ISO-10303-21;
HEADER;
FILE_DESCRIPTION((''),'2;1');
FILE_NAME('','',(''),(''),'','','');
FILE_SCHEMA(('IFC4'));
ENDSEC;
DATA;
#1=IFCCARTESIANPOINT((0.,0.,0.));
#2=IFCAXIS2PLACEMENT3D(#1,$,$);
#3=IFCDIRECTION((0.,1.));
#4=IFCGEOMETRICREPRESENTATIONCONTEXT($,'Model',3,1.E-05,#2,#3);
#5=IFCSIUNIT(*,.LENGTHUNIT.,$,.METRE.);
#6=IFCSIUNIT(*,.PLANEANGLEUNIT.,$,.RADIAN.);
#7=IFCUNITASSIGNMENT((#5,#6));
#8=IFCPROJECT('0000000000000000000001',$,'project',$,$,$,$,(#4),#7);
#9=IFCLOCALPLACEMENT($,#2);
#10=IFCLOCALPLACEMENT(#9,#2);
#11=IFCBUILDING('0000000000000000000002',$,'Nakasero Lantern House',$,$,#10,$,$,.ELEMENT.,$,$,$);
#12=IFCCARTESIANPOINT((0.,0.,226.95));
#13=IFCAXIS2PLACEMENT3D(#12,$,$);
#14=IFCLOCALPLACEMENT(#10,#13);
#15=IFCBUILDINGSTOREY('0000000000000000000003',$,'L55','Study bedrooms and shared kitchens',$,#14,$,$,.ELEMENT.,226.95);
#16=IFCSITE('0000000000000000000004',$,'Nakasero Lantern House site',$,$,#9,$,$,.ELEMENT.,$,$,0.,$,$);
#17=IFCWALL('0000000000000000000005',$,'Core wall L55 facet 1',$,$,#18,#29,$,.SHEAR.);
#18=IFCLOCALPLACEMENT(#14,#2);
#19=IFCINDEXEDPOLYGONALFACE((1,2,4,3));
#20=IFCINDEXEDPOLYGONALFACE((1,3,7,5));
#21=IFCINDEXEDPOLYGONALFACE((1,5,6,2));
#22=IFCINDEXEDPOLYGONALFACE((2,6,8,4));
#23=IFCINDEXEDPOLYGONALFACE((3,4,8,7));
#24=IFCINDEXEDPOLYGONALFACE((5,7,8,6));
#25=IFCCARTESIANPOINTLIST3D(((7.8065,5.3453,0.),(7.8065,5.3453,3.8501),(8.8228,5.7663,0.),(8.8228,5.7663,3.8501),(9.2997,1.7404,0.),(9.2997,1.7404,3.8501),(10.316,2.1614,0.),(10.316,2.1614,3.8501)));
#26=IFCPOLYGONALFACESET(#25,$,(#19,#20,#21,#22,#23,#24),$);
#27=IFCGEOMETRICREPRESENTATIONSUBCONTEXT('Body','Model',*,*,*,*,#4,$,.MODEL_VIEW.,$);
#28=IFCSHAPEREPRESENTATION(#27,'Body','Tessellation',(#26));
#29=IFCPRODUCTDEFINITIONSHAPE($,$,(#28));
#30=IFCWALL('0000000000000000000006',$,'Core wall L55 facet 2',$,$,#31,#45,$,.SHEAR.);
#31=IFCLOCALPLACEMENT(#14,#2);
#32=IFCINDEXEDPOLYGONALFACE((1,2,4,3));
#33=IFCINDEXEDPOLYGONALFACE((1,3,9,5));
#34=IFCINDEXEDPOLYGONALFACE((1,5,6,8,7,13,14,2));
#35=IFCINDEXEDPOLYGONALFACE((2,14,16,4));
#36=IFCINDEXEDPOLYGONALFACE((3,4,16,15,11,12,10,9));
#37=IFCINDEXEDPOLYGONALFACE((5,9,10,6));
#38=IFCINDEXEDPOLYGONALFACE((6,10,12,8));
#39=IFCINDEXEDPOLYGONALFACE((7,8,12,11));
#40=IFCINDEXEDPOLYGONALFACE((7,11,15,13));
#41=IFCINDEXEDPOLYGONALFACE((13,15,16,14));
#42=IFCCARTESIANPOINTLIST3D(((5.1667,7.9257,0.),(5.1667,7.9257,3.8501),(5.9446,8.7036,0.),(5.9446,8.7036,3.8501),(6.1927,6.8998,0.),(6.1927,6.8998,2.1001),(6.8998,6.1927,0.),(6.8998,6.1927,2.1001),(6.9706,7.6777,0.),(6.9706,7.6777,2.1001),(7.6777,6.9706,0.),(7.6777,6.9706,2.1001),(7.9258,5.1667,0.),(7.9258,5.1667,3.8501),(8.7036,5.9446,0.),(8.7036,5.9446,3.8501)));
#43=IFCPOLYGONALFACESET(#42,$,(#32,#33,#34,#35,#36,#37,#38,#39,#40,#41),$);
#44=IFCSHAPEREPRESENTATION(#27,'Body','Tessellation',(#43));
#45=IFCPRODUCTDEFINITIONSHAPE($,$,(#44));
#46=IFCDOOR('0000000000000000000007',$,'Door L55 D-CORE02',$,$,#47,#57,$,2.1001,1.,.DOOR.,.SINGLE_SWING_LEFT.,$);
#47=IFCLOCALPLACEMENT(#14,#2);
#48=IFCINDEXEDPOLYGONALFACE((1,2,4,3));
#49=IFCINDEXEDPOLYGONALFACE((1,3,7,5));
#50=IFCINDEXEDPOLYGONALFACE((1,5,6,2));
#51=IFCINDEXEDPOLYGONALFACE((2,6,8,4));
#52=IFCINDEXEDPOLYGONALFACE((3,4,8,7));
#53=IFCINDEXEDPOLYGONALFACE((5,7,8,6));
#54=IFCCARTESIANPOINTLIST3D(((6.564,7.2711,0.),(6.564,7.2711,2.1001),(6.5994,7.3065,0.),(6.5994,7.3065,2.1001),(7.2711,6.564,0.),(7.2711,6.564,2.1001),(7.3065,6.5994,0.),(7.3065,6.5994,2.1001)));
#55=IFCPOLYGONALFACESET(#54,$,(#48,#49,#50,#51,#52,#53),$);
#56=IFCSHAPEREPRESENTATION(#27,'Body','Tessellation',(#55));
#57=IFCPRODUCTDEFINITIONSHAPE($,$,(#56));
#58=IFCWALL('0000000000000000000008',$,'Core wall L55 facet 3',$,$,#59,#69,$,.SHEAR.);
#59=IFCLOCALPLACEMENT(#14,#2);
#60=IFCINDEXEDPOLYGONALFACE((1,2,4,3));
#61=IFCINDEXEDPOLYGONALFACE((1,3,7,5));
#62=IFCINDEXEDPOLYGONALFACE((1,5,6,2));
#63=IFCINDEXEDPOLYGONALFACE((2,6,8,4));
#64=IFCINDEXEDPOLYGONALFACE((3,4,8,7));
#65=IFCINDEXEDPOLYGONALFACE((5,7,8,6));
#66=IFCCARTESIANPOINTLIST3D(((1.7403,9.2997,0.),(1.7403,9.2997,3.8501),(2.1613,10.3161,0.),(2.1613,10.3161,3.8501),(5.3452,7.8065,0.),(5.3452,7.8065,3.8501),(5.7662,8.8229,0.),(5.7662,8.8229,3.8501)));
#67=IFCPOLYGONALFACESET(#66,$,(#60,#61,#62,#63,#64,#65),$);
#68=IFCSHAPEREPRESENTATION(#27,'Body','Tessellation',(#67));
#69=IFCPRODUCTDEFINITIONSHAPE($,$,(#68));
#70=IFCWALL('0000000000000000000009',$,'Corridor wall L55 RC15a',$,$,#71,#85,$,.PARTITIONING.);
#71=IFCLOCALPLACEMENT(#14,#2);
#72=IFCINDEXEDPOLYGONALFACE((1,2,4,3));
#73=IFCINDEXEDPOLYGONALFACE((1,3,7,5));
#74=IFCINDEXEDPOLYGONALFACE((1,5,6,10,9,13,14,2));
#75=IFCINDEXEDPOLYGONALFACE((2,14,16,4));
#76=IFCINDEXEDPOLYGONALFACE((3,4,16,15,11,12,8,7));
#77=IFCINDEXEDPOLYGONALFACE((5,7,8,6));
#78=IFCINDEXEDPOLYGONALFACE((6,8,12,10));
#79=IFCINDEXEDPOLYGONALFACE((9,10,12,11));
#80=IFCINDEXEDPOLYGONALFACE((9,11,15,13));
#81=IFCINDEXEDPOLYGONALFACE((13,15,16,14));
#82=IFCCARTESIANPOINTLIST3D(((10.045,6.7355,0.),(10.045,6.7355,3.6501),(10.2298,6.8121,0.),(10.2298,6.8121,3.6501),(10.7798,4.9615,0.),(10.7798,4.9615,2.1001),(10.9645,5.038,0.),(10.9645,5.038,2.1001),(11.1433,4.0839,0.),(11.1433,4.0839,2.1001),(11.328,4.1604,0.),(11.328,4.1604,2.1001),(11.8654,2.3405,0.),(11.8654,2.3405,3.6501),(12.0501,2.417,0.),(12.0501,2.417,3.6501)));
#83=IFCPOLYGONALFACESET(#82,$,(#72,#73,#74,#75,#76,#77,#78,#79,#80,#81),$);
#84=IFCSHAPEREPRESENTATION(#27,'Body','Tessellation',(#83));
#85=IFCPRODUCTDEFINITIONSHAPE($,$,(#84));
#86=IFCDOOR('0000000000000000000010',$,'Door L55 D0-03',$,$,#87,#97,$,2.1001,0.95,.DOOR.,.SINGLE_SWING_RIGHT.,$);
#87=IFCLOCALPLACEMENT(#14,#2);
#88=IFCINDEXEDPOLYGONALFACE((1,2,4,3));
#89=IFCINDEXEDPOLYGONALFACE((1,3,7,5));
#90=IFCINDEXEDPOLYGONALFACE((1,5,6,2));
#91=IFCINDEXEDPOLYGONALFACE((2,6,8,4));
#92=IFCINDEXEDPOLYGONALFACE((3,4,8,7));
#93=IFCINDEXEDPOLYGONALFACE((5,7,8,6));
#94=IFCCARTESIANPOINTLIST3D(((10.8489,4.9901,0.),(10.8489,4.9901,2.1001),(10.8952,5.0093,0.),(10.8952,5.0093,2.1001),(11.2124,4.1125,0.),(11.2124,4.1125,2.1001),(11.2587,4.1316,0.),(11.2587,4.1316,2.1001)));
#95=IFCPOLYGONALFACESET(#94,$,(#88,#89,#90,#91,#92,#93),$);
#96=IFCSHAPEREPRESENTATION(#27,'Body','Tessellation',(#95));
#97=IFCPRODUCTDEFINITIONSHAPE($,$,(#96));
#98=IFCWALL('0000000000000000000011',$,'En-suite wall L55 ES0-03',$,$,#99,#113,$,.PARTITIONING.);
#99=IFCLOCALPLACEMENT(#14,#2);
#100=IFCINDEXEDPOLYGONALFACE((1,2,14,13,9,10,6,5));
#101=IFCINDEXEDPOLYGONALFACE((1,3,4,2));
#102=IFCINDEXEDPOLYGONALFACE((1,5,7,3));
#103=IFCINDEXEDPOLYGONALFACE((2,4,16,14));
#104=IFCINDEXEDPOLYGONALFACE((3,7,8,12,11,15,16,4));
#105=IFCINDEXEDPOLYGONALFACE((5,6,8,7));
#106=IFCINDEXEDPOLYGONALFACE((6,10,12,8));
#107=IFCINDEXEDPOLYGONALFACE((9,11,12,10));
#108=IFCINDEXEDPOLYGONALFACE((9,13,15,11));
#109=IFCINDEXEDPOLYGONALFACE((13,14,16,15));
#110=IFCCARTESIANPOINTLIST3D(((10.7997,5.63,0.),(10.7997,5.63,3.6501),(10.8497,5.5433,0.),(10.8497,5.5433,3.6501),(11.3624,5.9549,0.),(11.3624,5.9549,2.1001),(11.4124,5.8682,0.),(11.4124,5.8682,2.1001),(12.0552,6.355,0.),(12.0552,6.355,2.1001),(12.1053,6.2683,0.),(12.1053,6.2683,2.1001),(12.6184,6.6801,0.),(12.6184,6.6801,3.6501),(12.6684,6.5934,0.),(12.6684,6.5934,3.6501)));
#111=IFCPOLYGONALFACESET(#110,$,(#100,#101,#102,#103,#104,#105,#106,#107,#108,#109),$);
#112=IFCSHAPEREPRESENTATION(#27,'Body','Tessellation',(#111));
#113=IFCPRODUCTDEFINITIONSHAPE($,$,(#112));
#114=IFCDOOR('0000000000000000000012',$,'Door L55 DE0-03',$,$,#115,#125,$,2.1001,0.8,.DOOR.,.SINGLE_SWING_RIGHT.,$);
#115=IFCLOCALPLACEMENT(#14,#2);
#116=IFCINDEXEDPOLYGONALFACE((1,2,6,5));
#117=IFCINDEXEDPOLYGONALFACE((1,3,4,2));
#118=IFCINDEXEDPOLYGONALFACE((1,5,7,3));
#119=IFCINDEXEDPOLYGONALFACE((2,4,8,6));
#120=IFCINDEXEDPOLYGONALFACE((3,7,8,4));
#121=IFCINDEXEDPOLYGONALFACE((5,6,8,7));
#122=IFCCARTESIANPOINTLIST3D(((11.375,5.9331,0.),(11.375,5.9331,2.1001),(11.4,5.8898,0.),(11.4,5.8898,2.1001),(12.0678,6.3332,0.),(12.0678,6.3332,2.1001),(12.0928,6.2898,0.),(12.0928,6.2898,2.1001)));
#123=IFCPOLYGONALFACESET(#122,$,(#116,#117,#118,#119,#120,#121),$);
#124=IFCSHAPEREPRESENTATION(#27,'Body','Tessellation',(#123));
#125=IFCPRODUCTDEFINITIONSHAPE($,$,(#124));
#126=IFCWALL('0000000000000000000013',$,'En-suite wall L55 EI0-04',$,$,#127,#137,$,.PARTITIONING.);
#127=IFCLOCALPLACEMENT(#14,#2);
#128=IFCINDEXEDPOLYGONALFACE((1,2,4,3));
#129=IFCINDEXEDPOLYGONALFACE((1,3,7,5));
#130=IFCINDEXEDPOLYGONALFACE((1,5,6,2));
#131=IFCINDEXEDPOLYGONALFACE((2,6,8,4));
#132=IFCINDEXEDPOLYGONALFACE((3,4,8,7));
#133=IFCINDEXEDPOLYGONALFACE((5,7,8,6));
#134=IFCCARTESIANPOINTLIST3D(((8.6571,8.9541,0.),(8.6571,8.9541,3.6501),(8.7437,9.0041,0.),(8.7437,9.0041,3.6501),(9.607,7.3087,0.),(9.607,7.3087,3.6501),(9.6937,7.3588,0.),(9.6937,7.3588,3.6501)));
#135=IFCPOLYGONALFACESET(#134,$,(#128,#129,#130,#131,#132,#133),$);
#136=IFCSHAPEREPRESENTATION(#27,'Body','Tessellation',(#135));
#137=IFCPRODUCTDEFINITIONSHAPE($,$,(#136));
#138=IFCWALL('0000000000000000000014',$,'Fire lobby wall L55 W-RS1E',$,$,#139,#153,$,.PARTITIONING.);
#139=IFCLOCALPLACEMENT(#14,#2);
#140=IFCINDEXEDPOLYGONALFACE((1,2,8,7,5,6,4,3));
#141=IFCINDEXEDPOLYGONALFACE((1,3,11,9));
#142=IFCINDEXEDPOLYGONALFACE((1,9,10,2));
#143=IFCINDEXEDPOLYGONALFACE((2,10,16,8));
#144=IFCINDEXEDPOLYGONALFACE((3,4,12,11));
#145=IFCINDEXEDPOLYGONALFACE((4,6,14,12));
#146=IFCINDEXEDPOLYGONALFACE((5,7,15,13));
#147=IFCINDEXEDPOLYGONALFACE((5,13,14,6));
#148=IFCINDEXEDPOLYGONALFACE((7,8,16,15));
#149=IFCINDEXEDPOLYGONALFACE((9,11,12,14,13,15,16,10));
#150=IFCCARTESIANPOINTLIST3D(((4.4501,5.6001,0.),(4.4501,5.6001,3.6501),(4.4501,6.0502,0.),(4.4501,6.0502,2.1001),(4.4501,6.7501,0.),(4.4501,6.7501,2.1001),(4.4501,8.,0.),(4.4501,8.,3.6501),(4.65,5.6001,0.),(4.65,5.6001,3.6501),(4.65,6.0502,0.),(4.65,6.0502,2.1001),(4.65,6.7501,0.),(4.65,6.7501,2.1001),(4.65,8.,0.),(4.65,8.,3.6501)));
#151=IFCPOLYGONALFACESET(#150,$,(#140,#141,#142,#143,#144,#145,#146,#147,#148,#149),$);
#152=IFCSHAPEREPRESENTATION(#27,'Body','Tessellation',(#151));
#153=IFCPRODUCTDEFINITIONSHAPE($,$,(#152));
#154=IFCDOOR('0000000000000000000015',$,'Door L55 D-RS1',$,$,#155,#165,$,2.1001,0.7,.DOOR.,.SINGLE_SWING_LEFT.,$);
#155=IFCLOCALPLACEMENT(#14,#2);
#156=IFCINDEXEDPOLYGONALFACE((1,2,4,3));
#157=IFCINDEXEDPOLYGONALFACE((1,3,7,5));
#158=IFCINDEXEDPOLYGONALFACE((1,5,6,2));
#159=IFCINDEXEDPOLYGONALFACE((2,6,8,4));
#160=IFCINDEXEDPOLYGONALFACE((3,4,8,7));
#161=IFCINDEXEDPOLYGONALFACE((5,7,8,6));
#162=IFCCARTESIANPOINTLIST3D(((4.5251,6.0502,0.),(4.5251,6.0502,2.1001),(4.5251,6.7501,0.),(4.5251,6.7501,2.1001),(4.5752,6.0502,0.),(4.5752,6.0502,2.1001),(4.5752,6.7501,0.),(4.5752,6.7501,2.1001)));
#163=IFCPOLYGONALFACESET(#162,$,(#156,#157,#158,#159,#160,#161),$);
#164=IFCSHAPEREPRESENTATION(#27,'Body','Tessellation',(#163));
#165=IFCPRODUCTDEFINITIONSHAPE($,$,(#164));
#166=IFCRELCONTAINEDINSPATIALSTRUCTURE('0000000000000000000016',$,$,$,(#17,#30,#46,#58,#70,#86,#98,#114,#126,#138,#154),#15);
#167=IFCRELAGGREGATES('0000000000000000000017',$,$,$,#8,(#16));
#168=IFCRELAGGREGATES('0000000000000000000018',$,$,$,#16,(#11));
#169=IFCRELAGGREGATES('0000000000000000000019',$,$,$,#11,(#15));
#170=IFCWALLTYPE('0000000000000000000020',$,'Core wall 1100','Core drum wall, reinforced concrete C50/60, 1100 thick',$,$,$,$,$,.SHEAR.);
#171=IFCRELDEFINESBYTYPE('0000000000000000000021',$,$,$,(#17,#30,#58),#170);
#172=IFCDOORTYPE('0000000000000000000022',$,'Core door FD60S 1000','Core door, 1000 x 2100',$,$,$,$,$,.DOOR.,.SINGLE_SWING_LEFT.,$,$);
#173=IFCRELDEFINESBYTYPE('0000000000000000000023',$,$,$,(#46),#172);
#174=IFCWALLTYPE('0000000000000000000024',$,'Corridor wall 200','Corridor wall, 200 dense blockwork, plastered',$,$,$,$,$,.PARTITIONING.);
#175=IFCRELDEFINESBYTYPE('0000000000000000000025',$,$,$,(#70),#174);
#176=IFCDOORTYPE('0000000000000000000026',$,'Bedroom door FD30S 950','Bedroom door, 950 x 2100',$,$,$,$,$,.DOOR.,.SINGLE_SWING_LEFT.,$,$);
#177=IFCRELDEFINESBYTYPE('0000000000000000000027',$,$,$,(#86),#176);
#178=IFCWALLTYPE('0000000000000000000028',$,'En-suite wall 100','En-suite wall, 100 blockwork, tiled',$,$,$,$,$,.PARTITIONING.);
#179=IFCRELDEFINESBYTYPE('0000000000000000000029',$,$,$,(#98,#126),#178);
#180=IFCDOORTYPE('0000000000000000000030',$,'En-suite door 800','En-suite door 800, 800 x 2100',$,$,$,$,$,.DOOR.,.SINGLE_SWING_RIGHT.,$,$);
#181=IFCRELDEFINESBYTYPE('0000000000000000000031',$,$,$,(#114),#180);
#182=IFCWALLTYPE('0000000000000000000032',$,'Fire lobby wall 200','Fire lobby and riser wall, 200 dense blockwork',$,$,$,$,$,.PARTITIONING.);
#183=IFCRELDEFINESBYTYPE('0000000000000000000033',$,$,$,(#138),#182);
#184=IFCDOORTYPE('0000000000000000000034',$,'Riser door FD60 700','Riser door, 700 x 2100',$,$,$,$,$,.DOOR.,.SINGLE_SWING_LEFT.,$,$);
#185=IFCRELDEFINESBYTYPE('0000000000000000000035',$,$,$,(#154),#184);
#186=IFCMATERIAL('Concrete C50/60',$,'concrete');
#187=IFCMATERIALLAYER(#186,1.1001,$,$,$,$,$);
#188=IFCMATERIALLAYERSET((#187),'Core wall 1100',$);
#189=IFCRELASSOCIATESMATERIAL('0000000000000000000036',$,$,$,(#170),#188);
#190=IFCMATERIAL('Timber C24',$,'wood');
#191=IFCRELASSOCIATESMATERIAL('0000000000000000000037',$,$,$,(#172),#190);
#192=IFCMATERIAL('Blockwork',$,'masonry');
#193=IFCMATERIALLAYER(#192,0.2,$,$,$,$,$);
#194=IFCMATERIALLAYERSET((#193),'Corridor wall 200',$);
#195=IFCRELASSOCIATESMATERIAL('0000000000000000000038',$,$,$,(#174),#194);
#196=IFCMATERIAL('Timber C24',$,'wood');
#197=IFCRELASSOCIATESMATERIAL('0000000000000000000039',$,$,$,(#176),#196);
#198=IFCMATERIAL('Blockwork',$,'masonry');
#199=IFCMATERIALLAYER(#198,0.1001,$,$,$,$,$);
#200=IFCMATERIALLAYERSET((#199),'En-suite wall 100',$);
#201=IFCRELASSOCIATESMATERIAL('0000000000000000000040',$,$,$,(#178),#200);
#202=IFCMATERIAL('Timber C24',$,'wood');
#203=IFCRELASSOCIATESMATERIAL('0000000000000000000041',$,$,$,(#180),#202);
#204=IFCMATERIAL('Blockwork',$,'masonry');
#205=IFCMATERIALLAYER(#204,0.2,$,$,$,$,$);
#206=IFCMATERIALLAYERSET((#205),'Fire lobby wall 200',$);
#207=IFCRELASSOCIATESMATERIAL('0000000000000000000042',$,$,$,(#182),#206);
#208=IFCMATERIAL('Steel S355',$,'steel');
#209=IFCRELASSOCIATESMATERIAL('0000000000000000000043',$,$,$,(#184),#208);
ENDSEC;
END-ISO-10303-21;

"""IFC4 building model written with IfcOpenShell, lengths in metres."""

from ifc_helpers import new_model, si_unit, direction, frame, frame_2d, origin, place, context, subcontext, project, spatial, rectangle, extrude, material, layer, layer_set, type_object, element, fill, save


model = new_model("IFC4")

# Units and contexts
model_context = context("Model", 3, precision=1e-05, world=origin(), true_north=direction((0.0, 1.0)))
body_context = subcontext(model_context, "Body", "Model", "MODEL_VIEW")
ifc_project = project(units=[si_unit("LENGTHUNIT", "METRE"), si_unit("PLANEANGLEUNIT", "RADIAN")], contexts=[model_context])

# Site, building, storey
site_placement = place(None, origin())
site = spatial("IfcSite", under=ifc_project, at=site_placement, Name="Nakasero Lantern House site", CompositionType="ELEMENT", RefElevation=0.0)
building_placement = place(site_placement, origin())
building = spatial("IfcBuilding", under=site, at=building_placement, Name="Nakasero Lantern House", CompositionType="ELEMENT")
storey_placement = place(building_placement, frame((0.0, 0.0, 226.95)))
storey = spatial("IfcBuildingStorey", under=building, at=storey_placement, Name="L55", Description="Study bedrooms and shared kitchens", CompositionType="ELEMENT", Elevation=226.95)

# Wall
ifc_material_1 = material(Name="Concrete C50/60", Category="concrete")
ifc_layer_1 = layer(ifc_material_1, 1.1001)
ifc_layer_set_1 = layer_set([ifc_layer_1], Name="Core wall 1100")
wall_type_1 = type_object("IfcWallType", Name="Core wall 1100", Description="Core drum wall, reinforced concrete C50/60, 1100 thick", PredefinedType="SHEAR", material=ifc_layer_set_1)
wall_1_placement = place(storey_placement, frame((9.8079, 1.9509, 0.0), z_axis=(0.0, 0.0, 1.0), x_axis=(-0.382691, 0.923877, 0.0)))
element("IfcWall", 1, at=wall_1_placement, inside=storey, type_object=wall_type_1, Name="Core wall L55 facet 1", PredefinedType="SHEAR", context=body_context, shape_type="SweptSolid", body=[
    extrude(rectangle(XDim=3.9019, YDim=1.1001, at=frame_2d((1.9509, 0.0))), origin(), (0.0, 0.0, 1.0), 3.8501),
])

# Wall, opening, door
wall_2_placement = place(storey_placement, frame((8.3147, 5.5557, 0.0), z_axis=(0.0, 0.0, 1.0), x_axis=(-0.707107, 0.707107, 0.0)))
wall_2 = element("IfcWall", 2, at=wall_2_placement, inside=storey, type_object=wall_type_1, Name="Core wall L55 facet 2", PredefinedType="SHEAR", context=body_context, shape_type="SweptSolid", body=[
    extrude(rectangle(XDim=3.9019, YDim=1.1001, at=frame_2d((1.9509, 0.0))), origin(), (0.0, 0.0, 1.0), 3.8501),
])
opening_1_placement = place(wall_2_placement, frame((1.4509, 0.0, 0.0)))
opening_1 = element("IfcOpeningElement", 3, at=opening_1_placement, cuts=wall_2, PredefinedType="OPENING", context=body_context, shape_type="SweptSolid", body=[
    extrude(rectangle(XDim=1.0, YDim=2.1001, at=frame_2d((0.5, 1.05))), frame((0.0, 0.5701, 0.0), z_axis=(0.0, -1.0, 0.0), x_axis=(1.0, 0.0, 0.0)), (0.0, 0.0, 1.0), 1.1401),
])
ifc_material_2 = material(Name="Timber C24", Category="wood")
door_type_1 = type_object("IfcDoorType", Name="Core door FD60S 1000", Description="Core door, 1000 x 2100", OperationType="SINGLE_SWING_LEFT", PredefinedType="DOOR", material=ifc_material_2)
door_1_placement = place(opening_1_placement, origin())
door_1 = element("IfcDoor", 4, at=door_1_placement, inside=storey, type_object=door_type_1, Name="Door L55 D-CORE02", OperationType="SINGLE_SWING_LEFT", OverallHeight=2.1001, OverallWidth=1.0, PredefinedType="DOOR", context=body_context, shape_type="SweptSolid", body=[
    extrude(rectangle(XDim=1.0, YDim=2.1001, at=frame_2d((0.5, 1.05))), frame((0.0, 0.0249, 0.0), z_axis=(0.0, -1.0, 0.0), x_axis=(1.0, 0.0, 0.0)), (0.0, 0.0, 1.0), 0.05),
])
fill(opening_1, door_1)

# Wall
wall_3_placement = place(storey_placement, frame((5.5557, 8.3147, 0.0), z_axis=(0.0, 0.0, 1.0), x_axis=(-0.923877, 0.382691, 0.0)))
element("IfcWall", 5, at=wall_3_placement, inside=storey, type_object=wall_type_1, Name="Core wall L55 facet 3", PredefinedType="SHEAR", context=body_context, shape_type="SweptSolid", body=[
    extrude(rectangle(XDim=3.9019, YDim=1.1001, at=frame_2d((1.9509, 0.0))), origin(), (0.0, 0.0, 1.0), 3.8501),
])

# Walls, openings, doors
ifc_material_3 = material(Name="Blockwork", Category="masonry")
ifc_layer_2 = layer(ifc_material_3, 0.2)
ifc_layer_set_2 = layer_set([ifc_layer_2], Name="Corridor wall 200")
wall_type_2 = type_object("IfcWallType", Name="Corridor wall 200", Description="Corridor wall, 200 dense blockwork, plastered", PredefinedType="PARTITIONING", material=ifc_layer_set_2)
wall_4_placement = place(storey_placement, frame((10.1375, 6.7737, 0.0), z_axis=(0.0, 0.0, 1.0), x_axis=(0.382654, -0.923892, 0.0)))
wall_4 = element("IfcWall", 6, at=wall_4_placement, inside=storey, type_object=wall_type_2, Name="Corridor wall L55 RC15a", PredefinedType="PARTITIONING", context=body_context, shape_type="SweptSolid", body=[
    extrude(rectangle(XDim=4.7571, YDim=0.2, at=frame_2d((2.3784, 0.0))), origin(), (0.0, 0.0, 1.0), 3.6501),
])
opening_2_placement = place(wall_4_placement, frame((1.9199, 0.0, 0.0)))
opening_2 = element("IfcOpeningElement", 7, at=opening_2_placement, cuts=wall_4, PredefinedType="OPENING", context=body_context, shape_type="SweptSolid", body=[
    extrude(rectangle(XDim=0.95, YDim=2.1001, at=frame_2d((0.4751, 1.05))), frame((0.0, 0.1199, 0.0), z_axis=(0.0, -1.0, 0.0), x_axis=(1.0, 0.0, 0.0)), (0.0, 0.0, 1.0), 0.24),
])
ifc_material_4 = material(Name="Timber C24", Category="wood")
door_type_2 = type_object("IfcDoorType", Name="Bedroom door FD30S 950", Description="Bedroom door, 950 x 2100", OperationType="SINGLE_SWING_LEFT", PredefinedType="DOOR", material=ifc_material_4)
door_2_placement = place(opening_2_placement, origin())
door_2 = element("IfcDoor", 8, at=door_2_placement, inside=storey, type_object=door_type_2, Name="Door L55 D0-03", OperationType="SINGLE_SWING_RIGHT", OverallHeight=2.1001, OverallWidth=0.95, PredefinedType="DOOR", context=body_context, shape_type="SweptSolid", body=[
    extrude(rectangle(XDim=0.95, YDim=2.1001, at=frame_2d((0.4751, 1.05))), frame((0.0, 0.0249, 0.0), z_axis=(0.0, -1.0, 0.0), x_axis=(1.0, 0.0, 0.0)), (0.0, 0.0, 1.0), 0.05),
])
fill(opening_2, door_2)
ifc_material_5 = material(Name="Blockwork", Category="masonry")
ifc_layer_3 = layer(ifc_material_5, 0.1001)
ifc_layer_set_3 = layer_set([ifc_layer_3], Name="En-suite wall 100")
wall_type_3 = type_object("IfcWallType", Name="En-suite wall 100", Description="En-suite wall, 100 blockwork, tiled", PredefinedType="PARTITIONING", material=ifc_layer_set_3)
wall_5_placement = place(storey_placement, frame((10.8247, 5.5867, 0.0), z_axis=(0.0, 0.0, 1.0), x_axis=(0.866009, 0.500028, 0.0)))
wall_5 = element("IfcWall", 9, at=wall_5_placement, inside=storey, type_object=wall_type_3, Name="En-suite wall L55 ES0-03", PredefinedType="PARTITIONING", context=body_context, shape_type="SweptSolid", body=[
    extrude(rectangle(XDim=2.1001, YDim=0.1001, at=frame_2d((1.05, 0.0))), origin(), (0.0, 0.0, 1.0), 3.6501),
])
opening_3_placement = place(wall_5_placement, frame((0.6499, 0.0, 0.0)))
opening_3 = element("IfcOpeningElement", 10, at=opening_3_placement, cuts=wall_5, PredefinedType="OPENING", context=body_context, shape_type="SweptSolid", body=[
    extrude(rectangle(XDim=0.8, YDim=2.1001, at=frame_2d((0.3999, 1.05))), frame((0.0, 0.0701, 0.0), z_axis=(0.0, -1.0, 0.0), x_axis=(1.0, 0.0, 0.0)), (0.0, 0.0, 1.0), 0.1401),
])
ifc_material_6 = material(Name="Timber C24", Category="wood")
door_type_3 = type_object("IfcDoorType", Name="En-suite door 800", Description="En-suite door 800, 800 x 2100", OperationType="SINGLE_SWING_RIGHT", PredefinedType="DOOR", material=ifc_material_6)
door_3_placement = place(opening_3_placement, origin())
door_3 = element("IfcDoor", 11, at=door_3_placement, inside=storey, type_object=door_type_3, Name="Door L55 DE0-03", OperationType="SINGLE_SWING_RIGHT", OverallHeight=2.1001, OverallWidth=0.8, PredefinedType="DOOR", context=body_context, shape_type="SweptSolid", body=[
    extrude(rectangle(XDim=0.8, YDim=2.1001, at=frame_2d((0.3999, 1.05))), frame((0.0, 0.0249, 0.0), z_axis=(0.0, -1.0, 0.0), x_axis=(1.0, 0.0, 0.0)), (0.0, 0.0, 1.0), 0.05),
])
fill(opening_3, door_3)

# Wall
wall_6_placement = place(storey_placement, frame((9.6504, 7.3337, 0.0), z_axis=(0.0, 0.0, 1.0), x_axis=(-0.500023, 0.866012, 0.0)))
element("IfcWall", 12, at=wall_6_placement, inside=storey, type_object=wall_type_3, Name="En-suite wall L55 EI0-04", PredefinedType="PARTITIONING", context=body_context, shape_type="SweptSolid", body=[
    extrude(rectangle(XDim=1.8999, YDim=0.1001, at=frame_2d((0.95, 0.0))), origin(), (0.0, 0.0, 1.0), 3.6501),
])

# Wall, opening, door
ifc_material_7 = material(Name="Blockwork", Category="masonry")
ifc_layer_4 = layer(ifc_material_7, 0.2)
ifc_layer_set_4 = layer_set([ifc_layer_4], Name="Fire lobby wall 200")
wall_type_4 = type_object("IfcWallType", Name="Fire lobby wall 200", Description="Fire lobby and riser wall, 200 dense blockwork", PredefinedType="PARTITIONING", material=ifc_layer_set_4)
wall_7_placement = place(storey_placement, frame((4.55, 5.6001, 0.0), z_axis=(0.0, 0.0, 1.0), x_axis=(0.0, 1.0, 0.0)))
wall_7 = element("IfcWall", 13, at=wall_7_placement, inside=storey, type_object=wall_type_4, Name="Fire lobby wall L55 W-RS1E", PredefinedType="PARTITIONING", context=body_context, shape_type="SweptSolid", body=[
    extrude(rectangle(XDim=2.3999, YDim=0.2, at=frame_2d((1.2, 0.0))), origin(), (0.0, 0.0, 1.0), 3.6501),
])
opening_4_placement = place(wall_7_placement, frame((0.45, 0.0, 0.0)))
opening_4 = element("IfcOpeningElement", 14, at=opening_4_placement, cuts=wall_7, PredefinedType="OPENING", context=body_context, shape_type="SweptSolid", body=[
    extrude(rectangle(XDim=0.7, YDim=2.1001, at=frame_2d((0.3501, 1.05))), frame((0.0, 0.1199, 0.0), z_axis=(0.0, -1.0, 0.0), x_axis=(1.0, 0.0, 0.0)), (0.0, 0.0, 1.0), 0.24),
])
ifc_material_8 = material(Name="Steel S355", Category="steel")
door_type_4 = type_object("IfcDoorType", Name="Riser door FD60 700", Description="Riser door, 700 x 2100", OperationType="SINGLE_SWING_LEFT", PredefinedType="DOOR", material=ifc_material_8)
door_4_placement = place(opening_4_placement, origin())
door_4 = element("IfcDoor", 15, at=door_4_placement, inside=storey, type_object=door_type_4, Name="Door L55 D-RS1", OperationType="SINGLE_SWING_LEFT", OverallHeight=2.1001, OverallWidth=0.7, PredefinedType="DOOR", context=body_context, shape_type="SweptSolid", body=[
    extrude(rectangle(XDim=0.7, YDim=2.1001, at=frame_2d((0.3501, 1.05))), frame((0.0, 0.0249, 0.0), z_axis=(0.0, -1.0, 0.0), x_axis=(1.0, 0.0, 0.0)), (0.0, 0.0, 1.0), 0.05),
])
fill(opening_4, door_4)

save(model, "model.ifc")
